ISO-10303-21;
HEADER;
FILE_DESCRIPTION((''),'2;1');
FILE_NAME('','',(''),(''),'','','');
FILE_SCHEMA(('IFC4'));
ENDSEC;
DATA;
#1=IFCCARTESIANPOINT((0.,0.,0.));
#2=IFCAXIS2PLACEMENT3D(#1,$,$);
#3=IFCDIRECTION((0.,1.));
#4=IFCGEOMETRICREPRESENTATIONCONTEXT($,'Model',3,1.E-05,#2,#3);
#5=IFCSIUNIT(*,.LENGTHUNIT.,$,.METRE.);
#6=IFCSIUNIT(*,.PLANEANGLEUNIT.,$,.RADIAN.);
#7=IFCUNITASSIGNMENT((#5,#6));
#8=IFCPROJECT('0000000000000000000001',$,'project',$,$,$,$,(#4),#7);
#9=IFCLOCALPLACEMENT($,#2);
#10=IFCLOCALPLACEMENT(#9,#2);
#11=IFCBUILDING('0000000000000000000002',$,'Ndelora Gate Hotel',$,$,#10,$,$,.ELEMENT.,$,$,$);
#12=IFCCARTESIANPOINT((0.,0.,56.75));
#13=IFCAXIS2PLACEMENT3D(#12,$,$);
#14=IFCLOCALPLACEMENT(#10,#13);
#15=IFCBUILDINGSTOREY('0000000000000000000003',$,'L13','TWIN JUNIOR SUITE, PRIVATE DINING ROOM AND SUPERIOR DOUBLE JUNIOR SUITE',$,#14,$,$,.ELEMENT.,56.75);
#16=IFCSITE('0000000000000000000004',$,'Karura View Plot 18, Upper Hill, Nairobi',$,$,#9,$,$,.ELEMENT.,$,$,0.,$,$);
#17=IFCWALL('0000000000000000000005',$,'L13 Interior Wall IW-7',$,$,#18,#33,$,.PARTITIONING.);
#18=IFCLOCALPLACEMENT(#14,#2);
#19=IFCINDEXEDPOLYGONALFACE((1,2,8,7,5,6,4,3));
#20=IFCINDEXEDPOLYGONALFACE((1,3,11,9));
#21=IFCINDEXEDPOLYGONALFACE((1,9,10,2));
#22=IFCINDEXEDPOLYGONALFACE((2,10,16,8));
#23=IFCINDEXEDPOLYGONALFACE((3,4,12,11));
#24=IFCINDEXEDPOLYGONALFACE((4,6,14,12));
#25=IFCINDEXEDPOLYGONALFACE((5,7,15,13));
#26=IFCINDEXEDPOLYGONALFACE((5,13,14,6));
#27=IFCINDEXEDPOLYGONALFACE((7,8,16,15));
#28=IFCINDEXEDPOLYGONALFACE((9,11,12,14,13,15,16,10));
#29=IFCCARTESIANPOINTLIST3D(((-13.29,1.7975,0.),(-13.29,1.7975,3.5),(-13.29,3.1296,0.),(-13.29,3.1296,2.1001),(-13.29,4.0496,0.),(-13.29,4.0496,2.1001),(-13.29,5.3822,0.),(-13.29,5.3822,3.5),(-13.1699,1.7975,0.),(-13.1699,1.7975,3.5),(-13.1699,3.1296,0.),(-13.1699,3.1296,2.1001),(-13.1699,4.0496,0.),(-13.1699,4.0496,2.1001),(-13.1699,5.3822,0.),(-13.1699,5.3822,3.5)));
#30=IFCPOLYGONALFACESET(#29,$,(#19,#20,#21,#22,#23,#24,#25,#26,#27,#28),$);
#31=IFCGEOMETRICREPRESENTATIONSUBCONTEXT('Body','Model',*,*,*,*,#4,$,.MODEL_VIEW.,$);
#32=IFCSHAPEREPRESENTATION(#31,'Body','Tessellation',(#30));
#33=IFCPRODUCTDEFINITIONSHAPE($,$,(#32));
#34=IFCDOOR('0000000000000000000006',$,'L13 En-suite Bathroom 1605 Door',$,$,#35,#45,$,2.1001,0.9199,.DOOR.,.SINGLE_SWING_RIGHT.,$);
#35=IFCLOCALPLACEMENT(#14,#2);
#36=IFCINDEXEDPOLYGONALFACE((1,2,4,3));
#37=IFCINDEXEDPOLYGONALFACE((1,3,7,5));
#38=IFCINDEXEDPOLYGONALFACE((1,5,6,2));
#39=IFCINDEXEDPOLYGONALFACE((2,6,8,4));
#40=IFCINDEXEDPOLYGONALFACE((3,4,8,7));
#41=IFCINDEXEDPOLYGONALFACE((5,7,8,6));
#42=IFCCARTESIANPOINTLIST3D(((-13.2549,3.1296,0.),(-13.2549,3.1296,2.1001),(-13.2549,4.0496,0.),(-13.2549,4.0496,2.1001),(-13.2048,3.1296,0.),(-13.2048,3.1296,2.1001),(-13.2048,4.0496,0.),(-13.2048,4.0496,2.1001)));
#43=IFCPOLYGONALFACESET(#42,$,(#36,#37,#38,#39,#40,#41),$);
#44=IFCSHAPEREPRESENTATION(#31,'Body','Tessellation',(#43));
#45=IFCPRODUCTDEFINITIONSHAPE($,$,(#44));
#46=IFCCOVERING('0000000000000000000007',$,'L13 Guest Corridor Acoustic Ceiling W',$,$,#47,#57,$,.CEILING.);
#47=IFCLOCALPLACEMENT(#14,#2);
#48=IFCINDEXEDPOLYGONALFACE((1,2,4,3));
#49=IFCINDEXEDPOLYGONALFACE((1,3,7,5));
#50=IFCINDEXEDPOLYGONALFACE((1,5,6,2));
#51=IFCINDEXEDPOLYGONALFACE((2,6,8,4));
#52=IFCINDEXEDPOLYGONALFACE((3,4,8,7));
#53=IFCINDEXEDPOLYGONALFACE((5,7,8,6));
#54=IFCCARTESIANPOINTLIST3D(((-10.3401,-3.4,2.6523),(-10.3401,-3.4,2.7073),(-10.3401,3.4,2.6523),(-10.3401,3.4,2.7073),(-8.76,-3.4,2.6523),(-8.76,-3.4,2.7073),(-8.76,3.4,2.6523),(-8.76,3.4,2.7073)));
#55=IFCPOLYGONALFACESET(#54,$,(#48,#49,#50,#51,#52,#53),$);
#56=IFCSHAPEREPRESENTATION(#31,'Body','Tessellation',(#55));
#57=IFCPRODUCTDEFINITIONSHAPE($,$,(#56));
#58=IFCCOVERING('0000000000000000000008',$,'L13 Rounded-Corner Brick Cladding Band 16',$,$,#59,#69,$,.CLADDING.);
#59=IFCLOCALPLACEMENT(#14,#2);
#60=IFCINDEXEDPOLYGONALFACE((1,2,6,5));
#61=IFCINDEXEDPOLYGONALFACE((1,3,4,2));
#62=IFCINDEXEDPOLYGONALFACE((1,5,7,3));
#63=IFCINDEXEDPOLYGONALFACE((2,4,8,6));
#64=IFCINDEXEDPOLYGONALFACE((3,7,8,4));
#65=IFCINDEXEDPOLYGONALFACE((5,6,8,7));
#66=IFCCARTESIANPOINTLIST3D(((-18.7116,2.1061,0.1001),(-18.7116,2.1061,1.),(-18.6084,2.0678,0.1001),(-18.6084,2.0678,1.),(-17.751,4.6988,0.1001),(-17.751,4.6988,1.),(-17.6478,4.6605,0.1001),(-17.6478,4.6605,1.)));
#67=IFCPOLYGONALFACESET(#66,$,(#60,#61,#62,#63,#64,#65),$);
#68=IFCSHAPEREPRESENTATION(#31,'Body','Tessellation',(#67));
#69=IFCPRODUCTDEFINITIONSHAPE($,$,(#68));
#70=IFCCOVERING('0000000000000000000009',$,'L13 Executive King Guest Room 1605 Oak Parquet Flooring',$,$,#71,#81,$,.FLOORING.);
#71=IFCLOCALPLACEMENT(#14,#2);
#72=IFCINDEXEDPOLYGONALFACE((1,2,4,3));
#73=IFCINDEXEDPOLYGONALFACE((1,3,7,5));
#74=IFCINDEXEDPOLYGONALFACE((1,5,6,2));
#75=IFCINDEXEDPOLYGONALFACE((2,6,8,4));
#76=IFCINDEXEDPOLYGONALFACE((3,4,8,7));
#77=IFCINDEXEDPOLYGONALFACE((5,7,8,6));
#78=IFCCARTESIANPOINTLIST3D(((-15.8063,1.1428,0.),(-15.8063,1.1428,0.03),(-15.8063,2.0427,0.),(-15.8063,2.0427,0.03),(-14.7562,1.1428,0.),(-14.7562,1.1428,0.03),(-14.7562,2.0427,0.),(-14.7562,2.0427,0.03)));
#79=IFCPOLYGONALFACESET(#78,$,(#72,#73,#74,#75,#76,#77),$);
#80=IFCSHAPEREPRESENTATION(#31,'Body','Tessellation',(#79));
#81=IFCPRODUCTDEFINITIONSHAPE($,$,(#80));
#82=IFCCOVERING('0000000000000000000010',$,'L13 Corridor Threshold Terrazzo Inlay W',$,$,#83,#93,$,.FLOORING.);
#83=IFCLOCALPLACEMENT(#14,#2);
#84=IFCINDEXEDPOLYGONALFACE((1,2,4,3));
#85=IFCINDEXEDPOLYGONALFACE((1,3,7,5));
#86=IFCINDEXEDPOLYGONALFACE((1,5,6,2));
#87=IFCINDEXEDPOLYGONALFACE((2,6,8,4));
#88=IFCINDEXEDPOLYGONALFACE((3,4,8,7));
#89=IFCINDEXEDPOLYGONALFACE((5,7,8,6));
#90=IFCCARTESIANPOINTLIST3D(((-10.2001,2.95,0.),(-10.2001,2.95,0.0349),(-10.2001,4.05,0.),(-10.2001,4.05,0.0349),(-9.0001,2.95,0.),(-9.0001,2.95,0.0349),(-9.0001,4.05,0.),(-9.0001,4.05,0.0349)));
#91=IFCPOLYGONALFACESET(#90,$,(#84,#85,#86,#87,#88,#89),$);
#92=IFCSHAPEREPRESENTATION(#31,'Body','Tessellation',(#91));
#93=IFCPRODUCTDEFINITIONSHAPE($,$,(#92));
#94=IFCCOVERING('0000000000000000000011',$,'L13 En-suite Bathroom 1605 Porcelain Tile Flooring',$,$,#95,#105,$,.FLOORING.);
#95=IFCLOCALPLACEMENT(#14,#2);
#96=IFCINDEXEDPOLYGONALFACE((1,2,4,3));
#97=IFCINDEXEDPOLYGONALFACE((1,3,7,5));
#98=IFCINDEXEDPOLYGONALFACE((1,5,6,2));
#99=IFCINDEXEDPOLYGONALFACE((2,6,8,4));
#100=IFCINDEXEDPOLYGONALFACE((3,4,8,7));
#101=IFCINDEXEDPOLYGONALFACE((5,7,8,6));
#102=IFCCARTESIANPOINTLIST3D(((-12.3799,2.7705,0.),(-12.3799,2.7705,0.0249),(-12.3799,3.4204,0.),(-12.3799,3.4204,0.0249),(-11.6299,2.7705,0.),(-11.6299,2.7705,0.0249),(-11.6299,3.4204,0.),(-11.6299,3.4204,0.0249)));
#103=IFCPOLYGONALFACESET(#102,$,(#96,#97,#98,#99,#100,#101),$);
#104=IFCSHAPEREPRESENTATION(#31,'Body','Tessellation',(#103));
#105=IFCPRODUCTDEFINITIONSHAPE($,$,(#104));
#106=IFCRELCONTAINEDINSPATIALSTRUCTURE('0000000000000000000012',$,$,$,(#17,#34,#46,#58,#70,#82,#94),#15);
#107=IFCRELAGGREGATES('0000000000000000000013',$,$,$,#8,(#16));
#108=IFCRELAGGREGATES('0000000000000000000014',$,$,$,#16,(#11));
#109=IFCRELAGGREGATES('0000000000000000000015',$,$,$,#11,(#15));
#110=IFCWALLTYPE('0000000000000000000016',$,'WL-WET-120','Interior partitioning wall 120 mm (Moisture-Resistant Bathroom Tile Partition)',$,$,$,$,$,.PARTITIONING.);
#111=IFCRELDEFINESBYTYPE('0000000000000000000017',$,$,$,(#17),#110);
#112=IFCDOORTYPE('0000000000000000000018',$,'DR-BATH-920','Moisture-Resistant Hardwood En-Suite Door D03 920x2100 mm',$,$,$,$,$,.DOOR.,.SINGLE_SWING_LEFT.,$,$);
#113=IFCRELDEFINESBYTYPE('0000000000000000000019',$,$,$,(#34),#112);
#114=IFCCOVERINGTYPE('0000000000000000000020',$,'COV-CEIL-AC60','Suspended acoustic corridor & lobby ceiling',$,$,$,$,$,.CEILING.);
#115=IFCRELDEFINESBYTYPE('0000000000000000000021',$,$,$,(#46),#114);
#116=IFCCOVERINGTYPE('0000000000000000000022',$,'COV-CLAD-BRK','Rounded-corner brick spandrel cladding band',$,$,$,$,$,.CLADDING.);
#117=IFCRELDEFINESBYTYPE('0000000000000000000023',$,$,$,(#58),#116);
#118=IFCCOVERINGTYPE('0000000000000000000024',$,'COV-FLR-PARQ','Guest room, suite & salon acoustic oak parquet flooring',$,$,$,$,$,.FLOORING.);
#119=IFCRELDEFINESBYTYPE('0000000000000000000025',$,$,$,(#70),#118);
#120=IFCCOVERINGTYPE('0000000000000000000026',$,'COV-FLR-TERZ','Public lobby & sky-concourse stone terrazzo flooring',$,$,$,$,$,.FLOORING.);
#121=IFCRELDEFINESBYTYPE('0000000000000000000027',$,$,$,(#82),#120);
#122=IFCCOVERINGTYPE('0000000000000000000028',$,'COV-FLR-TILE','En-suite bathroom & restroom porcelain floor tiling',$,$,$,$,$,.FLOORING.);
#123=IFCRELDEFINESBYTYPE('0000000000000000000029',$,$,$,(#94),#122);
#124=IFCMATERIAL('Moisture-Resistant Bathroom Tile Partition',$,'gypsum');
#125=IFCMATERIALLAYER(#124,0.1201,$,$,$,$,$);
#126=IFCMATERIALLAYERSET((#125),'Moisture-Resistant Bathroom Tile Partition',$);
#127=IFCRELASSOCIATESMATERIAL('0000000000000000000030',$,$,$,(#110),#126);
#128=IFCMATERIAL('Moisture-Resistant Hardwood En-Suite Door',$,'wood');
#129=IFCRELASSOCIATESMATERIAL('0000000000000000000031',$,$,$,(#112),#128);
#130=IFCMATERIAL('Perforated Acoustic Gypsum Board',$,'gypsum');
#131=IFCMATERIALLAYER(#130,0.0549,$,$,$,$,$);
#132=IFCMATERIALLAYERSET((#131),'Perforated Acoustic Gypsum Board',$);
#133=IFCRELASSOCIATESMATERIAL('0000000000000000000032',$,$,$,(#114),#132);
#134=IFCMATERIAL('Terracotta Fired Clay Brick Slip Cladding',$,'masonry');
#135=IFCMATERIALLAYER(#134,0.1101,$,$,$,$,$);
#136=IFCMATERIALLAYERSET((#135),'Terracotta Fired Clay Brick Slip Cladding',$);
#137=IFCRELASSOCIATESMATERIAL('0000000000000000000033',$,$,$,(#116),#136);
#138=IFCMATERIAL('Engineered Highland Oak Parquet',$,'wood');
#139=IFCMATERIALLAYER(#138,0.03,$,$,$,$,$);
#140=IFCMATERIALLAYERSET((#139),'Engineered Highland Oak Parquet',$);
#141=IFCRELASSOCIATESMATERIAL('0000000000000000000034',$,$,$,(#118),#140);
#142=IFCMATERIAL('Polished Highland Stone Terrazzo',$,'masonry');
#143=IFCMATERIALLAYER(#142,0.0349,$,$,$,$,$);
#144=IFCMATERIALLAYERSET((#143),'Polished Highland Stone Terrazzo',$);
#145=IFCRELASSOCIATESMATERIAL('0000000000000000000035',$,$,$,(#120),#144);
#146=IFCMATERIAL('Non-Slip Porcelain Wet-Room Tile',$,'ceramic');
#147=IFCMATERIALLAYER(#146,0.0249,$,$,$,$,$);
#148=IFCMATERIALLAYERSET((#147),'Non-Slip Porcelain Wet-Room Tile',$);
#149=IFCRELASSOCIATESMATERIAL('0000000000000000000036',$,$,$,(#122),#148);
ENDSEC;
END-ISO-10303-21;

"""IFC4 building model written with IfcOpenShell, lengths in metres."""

from ifc_helpers import new_model, si_unit, direction, frame, frame_2d, origin, origin_2d, place, context, subcontext, project, spatial, rectangle, extrude, material, layer, layer_set, type_object, element, fill, save


model = new_model("IFC4")

# Units and contexts
model_context = context("Model", 3, precision=1e-05, world=origin(), true_north=direction((0.0, 1.0)))
body_context = subcontext(model_context, "Body", "Model", "MODEL_VIEW")
ifc_project = project(units=[si_unit("LENGTHUNIT", "METRE"), si_unit("PLANEANGLEUNIT", "RADIAN")], contexts=[model_context])

# Site, building, storey
site_placement = place(None, origin())
site = spatial("IfcSite", under=ifc_project, at=site_placement, Name="Karura View Plot 18, Upper Hill, Nairobi", CompositionType="ELEMENT", RefElevation=0.0)
building_placement = place(site_placement, origin())
building = spatial("IfcBuilding", under=site, at=building_placement, Name="Ndelora Gate Hotel", CompositionType="ELEMENT")
storey_placement = place(building_placement, frame((0.0, 0.0, 56.75)))
storey = spatial("IfcBuildingStorey", under=building, at=storey_placement, Name="L13", Description="TWIN JUNIOR SUITE, PRIVATE DINING ROOM AND SUPERIOR DOUBLE JUNIOR SUITE", CompositionType="ELEMENT", Elevation=56.75)

# Shared definitions
ifc_material_1 = material(Name="Moisture-Resistant Bathroom Tile Partition", Category="gypsum")
ifc_layer_1 = layer(ifc_material_1, 0.1201)
ifc_layer_set_1 = layer_set([ifc_layer_1], Name="Moisture-Resistant Bathroom Tile Partition")
wall_type_1 = type_object("IfcWallType", Name="WL-WET-120", Description="Interior partitioning wall 120 mm (Moisture-Resistant Bathroom Tile Partition)", PredefinedType="PARTITIONING", material=ifc_layer_set_1)

# Wall, opening, door
wall_1_placement = place(storey_placement, frame((-13.23, 1.7974, 0.0), z_axis=(0.0, 0.0, 1.0), x_axis=(0.0, 1.0, 0.0)))
wall_1 = element("IfcWall", 1, at=wall_1_placement, inside=storey, type_object=wall_type_1, Name="L13 Interior Wall IW-7", PredefinedType="PARTITIONING", context=body_context, shape_type="SweptSolid", body=[
    extrude(rectangle(XDim=3.5847, YDim=0.1201, at=frame_2d((1.7925, 0.0))), origin(), (0.0, 0.0, 1.0), 3.5),
])
opening_1_placement = place(wall_1_placement, frame((1.3323, 0.0, 0.0)))
opening_1 = element("IfcOpeningElement", 2, at=opening_1_placement, cuts=wall_1, PredefinedType="OPENING", context=body_context, shape_type="SweptSolid", body=[
    extrude(rectangle(XDim=0.9199, YDim=2.1001, at=frame_2d((0.46, 1.05))), frame((0.0, 0.0701, 0.0), z_axis=(0.0, -1.0, 0.0), x_axis=(1.0, 0.0, 0.0)), (0.0, 0.0, 1.0), 0.1401),
])
ifc_material_2 = material(Name="Moisture-Resistant Hardwood En-Suite Door", Category="wood")
door_type_1 = type_object("IfcDoorType", Name="DR-BATH-920", Description="Moisture-Resistant Hardwood En-Suite Door D03 920x2100 mm", OperationType="SINGLE_SWING_LEFT", PredefinedType="DOOR", material=ifc_material_2)
door_1_placement = place(opening_1_placement, origin())
door_1 = element("IfcDoor", 3, at=door_1_placement, inside=storey, type_object=door_type_1, Name="L13 En-suite Bathroom 1605 Door", OperationType="SINGLE_SWING_RIGHT", OverallHeight=2.1001, OverallWidth=0.9199, PredefinedType="DOOR", context=body_context, shape_type="SweptSolid", body=[
    extrude(rectangle(XDim=0.9199, YDim=2.1001, at=frame_2d((0.46, 1.05))), frame((0.0, 0.0249, 0.0), z_axis=(0.0, -1.0, 0.0), x_axis=(1.0, 0.0, 0.0)), (0.0, 0.0, 1.0), 0.05),
])
fill(opening_1, door_1)

# Coverings
ifc_material_3 = material(Name="Perforated Acoustic Gypsum Board", Category="gypsum")
ifc_layer_2 = layer(ifc_material_3, 0.0549)
ifc_layer_set_2 = layer_set([ifc_layer_2], Name="Perforated Acoustic Gypsum Board")
covering_type_1 = type_object("IfcCoveringType", Name="COV-CEIL-AC60", Description="Suspended acoustic corridor & lobby ceiling", PredefinedType="CEILING", material=ifc_layer_set_2)
covering_1_placement = place(storey_placement, frame((-9.55, 0.0, 2.6523), z_axis=(0.0, 0.0, 1.0), x_axis=(1.0, 0.0, 0.0)))
element("IfcCovering", 4, at=covering_1_placement, inside=storey, type_object=covering_type_1, Name="L13 Guest Corridor Acoustic Ceiling W", PredefinedType="CEILING", context=body_context, shape_type="SweptSolid", body=[
    extrude(rectangle(XDim=1.5801, YDim=6.8, at=origin_2d()), origin(), (0.0, 0.0, 1.0), 0.0549),
])
ifc_material_4 = material(Name="Terracotta Fired Clay Brick Slip Cladding", Category="masonry")
ifc_layer_3 = layer(ifc_material_4, 0.1101)
ifc_layer_set_3 = layer_set([ifc_layer_3], Name="Terracotta Fired Clay Brick Slip Cladding")
covering_type_2 = type_object("IfcCoveringType", Name="COV-CLAD-BRK", Description="Rounded-corner brick spandrel cladding band", PredefinedType="CLADDING", material=ifc_layer_set_3)
covering_2_placement = place(storey_placement, frame((-18.1797, 3.3833, 0.1001), z_axis=(0.0, 0.0, 1.0), x_axis=(0.347427, 0.937707, 0.0)))
element("IfcCovering", 5, at=covering_2_placement, inside=storey, type_object=covering_type_2, Name="L13 Rounded-Corner Brick Cladding Band 16", PredefinedType="CLADDING", context=body_context, shape_type="SweptSolid", body=[
    extrude(rectangle(XDim=2.7649, YDim=0.1101, at=origin_2d()), origin(), (0.0, 0.0, 1.0), 0.8999),
])
ifc_material_5 = material(Name="Engineered Highland Oak Parquet", Category="wood")
ifc_layer_4 = layer(ifc_material_5, 0.03)
ifc_layer_set_4 = layer_set([ifc_layer_4], Name="Engineered Highland Oak Parquet")
covering_type_3 = type_object("IfcCoveringType", Name="COV-FLR-PARQ", Description="Guest room, suite & salon acoustic oak parquet flooring", PredefinedType="FLOORING", material=ifc_layer_set_4)
covering_3_placement = place(storey_placement, frame((-15.2812, 1.5928, 0.0), z_axis=(0.0, 0.0, 1.0), x_axis=(1.0, 0.0, 0.0)))
element("IfcCovering", 6, at=covering_3_placement, inside=storey, type_object=covering_type_3, Name="L13 Executive King Guest Room 1605 Oak Parquet Flooring", PredefinedType="FLOORING", context=body_context, shape_type="SweptSolid", body=[
    extrude(rectangle(XDim=1.05, YDim=0.8999, at=origin_2d()), origin(), (0.0, 0.0, 1.0), 0.03),
])
ifc_material_6 = material(Name="Polished Highland Stone Terrazzo", Category="masonry")
ifc_layer_5 = layer(ifc_material_6, 0.0349)
ifc_layer_set_5 = layer_set([ifc_layer_5], Name="Polished Highland Stone Terrazzo")
covering_type_4 = type_object("IfcCoveringType", Name="COV-FLR-TERZ", Description="Public lobby & sky-concourse stone terrazzo flooring", PredefinedType="FLOORING", material=ifc_layer_set_5)
covering_4_placement = place(storey_placement, frame((-9.6001, 3.5, 0.0), z_axis=(0.0, 0.0, 1.0), x_axis=(1.0, 0.0, 0.0)))
element("IfcCovering", 7, at=covering_4_placement, inside=storey, type_object=covering_type_4, Name="L13 Corridor Threshold Terrazzo Inlay W", PredefinedType="FLOORING", context=body_context, shape_type="SweptSolid", body=[
    extrude(rectangle(XDim=1.2, YDim=1.1001, at=origin_2d()), origin(), (0.0, 0.0, 1.0), 0.0349),
])
ifc_material_7 = material(Name="Non-Slip Porcelain Wet-Room Tile", Category="ceramic")
ifc_layer_6 = layer(ifc_material_7, 0.0249)
ifc_layer_set_6 = layer_set([ifc_layer_6], Name="Non-Slip Porcelain Wet-Room Tile")
covering_type_5 = type_object("IfcCoveringType", Name="COV-FLR-TILE", Description="En-suite bathroom & restroom porcelain floor tiling", PredefinedType="FLOORING", material=ifc_layer_set_6)
covering_5_placement = place(storey_placement, frame((-12.0049, 3.0955, 0.0), z_axis=(0.0, 0.0, 1.0), x_axis=(1.0, 0.0, 0.0)))
element("IfcCovering", 8, at=covering_5_placement, inside=storey, type_object=covering_type_5, Name="L13 En-suite Bathroom 1605 Porcelain Tile Flooring", PredefinedType="FLOORING", context=body_context, shape_type="SweptSolid", body=[
    extrude(rectangle(XDim=0.75, YDim=0.6499, at=origin_2d()), origin(), (0.0, 0.0, 1.0), 0.0249),
])

save(model, "model.ifc")
